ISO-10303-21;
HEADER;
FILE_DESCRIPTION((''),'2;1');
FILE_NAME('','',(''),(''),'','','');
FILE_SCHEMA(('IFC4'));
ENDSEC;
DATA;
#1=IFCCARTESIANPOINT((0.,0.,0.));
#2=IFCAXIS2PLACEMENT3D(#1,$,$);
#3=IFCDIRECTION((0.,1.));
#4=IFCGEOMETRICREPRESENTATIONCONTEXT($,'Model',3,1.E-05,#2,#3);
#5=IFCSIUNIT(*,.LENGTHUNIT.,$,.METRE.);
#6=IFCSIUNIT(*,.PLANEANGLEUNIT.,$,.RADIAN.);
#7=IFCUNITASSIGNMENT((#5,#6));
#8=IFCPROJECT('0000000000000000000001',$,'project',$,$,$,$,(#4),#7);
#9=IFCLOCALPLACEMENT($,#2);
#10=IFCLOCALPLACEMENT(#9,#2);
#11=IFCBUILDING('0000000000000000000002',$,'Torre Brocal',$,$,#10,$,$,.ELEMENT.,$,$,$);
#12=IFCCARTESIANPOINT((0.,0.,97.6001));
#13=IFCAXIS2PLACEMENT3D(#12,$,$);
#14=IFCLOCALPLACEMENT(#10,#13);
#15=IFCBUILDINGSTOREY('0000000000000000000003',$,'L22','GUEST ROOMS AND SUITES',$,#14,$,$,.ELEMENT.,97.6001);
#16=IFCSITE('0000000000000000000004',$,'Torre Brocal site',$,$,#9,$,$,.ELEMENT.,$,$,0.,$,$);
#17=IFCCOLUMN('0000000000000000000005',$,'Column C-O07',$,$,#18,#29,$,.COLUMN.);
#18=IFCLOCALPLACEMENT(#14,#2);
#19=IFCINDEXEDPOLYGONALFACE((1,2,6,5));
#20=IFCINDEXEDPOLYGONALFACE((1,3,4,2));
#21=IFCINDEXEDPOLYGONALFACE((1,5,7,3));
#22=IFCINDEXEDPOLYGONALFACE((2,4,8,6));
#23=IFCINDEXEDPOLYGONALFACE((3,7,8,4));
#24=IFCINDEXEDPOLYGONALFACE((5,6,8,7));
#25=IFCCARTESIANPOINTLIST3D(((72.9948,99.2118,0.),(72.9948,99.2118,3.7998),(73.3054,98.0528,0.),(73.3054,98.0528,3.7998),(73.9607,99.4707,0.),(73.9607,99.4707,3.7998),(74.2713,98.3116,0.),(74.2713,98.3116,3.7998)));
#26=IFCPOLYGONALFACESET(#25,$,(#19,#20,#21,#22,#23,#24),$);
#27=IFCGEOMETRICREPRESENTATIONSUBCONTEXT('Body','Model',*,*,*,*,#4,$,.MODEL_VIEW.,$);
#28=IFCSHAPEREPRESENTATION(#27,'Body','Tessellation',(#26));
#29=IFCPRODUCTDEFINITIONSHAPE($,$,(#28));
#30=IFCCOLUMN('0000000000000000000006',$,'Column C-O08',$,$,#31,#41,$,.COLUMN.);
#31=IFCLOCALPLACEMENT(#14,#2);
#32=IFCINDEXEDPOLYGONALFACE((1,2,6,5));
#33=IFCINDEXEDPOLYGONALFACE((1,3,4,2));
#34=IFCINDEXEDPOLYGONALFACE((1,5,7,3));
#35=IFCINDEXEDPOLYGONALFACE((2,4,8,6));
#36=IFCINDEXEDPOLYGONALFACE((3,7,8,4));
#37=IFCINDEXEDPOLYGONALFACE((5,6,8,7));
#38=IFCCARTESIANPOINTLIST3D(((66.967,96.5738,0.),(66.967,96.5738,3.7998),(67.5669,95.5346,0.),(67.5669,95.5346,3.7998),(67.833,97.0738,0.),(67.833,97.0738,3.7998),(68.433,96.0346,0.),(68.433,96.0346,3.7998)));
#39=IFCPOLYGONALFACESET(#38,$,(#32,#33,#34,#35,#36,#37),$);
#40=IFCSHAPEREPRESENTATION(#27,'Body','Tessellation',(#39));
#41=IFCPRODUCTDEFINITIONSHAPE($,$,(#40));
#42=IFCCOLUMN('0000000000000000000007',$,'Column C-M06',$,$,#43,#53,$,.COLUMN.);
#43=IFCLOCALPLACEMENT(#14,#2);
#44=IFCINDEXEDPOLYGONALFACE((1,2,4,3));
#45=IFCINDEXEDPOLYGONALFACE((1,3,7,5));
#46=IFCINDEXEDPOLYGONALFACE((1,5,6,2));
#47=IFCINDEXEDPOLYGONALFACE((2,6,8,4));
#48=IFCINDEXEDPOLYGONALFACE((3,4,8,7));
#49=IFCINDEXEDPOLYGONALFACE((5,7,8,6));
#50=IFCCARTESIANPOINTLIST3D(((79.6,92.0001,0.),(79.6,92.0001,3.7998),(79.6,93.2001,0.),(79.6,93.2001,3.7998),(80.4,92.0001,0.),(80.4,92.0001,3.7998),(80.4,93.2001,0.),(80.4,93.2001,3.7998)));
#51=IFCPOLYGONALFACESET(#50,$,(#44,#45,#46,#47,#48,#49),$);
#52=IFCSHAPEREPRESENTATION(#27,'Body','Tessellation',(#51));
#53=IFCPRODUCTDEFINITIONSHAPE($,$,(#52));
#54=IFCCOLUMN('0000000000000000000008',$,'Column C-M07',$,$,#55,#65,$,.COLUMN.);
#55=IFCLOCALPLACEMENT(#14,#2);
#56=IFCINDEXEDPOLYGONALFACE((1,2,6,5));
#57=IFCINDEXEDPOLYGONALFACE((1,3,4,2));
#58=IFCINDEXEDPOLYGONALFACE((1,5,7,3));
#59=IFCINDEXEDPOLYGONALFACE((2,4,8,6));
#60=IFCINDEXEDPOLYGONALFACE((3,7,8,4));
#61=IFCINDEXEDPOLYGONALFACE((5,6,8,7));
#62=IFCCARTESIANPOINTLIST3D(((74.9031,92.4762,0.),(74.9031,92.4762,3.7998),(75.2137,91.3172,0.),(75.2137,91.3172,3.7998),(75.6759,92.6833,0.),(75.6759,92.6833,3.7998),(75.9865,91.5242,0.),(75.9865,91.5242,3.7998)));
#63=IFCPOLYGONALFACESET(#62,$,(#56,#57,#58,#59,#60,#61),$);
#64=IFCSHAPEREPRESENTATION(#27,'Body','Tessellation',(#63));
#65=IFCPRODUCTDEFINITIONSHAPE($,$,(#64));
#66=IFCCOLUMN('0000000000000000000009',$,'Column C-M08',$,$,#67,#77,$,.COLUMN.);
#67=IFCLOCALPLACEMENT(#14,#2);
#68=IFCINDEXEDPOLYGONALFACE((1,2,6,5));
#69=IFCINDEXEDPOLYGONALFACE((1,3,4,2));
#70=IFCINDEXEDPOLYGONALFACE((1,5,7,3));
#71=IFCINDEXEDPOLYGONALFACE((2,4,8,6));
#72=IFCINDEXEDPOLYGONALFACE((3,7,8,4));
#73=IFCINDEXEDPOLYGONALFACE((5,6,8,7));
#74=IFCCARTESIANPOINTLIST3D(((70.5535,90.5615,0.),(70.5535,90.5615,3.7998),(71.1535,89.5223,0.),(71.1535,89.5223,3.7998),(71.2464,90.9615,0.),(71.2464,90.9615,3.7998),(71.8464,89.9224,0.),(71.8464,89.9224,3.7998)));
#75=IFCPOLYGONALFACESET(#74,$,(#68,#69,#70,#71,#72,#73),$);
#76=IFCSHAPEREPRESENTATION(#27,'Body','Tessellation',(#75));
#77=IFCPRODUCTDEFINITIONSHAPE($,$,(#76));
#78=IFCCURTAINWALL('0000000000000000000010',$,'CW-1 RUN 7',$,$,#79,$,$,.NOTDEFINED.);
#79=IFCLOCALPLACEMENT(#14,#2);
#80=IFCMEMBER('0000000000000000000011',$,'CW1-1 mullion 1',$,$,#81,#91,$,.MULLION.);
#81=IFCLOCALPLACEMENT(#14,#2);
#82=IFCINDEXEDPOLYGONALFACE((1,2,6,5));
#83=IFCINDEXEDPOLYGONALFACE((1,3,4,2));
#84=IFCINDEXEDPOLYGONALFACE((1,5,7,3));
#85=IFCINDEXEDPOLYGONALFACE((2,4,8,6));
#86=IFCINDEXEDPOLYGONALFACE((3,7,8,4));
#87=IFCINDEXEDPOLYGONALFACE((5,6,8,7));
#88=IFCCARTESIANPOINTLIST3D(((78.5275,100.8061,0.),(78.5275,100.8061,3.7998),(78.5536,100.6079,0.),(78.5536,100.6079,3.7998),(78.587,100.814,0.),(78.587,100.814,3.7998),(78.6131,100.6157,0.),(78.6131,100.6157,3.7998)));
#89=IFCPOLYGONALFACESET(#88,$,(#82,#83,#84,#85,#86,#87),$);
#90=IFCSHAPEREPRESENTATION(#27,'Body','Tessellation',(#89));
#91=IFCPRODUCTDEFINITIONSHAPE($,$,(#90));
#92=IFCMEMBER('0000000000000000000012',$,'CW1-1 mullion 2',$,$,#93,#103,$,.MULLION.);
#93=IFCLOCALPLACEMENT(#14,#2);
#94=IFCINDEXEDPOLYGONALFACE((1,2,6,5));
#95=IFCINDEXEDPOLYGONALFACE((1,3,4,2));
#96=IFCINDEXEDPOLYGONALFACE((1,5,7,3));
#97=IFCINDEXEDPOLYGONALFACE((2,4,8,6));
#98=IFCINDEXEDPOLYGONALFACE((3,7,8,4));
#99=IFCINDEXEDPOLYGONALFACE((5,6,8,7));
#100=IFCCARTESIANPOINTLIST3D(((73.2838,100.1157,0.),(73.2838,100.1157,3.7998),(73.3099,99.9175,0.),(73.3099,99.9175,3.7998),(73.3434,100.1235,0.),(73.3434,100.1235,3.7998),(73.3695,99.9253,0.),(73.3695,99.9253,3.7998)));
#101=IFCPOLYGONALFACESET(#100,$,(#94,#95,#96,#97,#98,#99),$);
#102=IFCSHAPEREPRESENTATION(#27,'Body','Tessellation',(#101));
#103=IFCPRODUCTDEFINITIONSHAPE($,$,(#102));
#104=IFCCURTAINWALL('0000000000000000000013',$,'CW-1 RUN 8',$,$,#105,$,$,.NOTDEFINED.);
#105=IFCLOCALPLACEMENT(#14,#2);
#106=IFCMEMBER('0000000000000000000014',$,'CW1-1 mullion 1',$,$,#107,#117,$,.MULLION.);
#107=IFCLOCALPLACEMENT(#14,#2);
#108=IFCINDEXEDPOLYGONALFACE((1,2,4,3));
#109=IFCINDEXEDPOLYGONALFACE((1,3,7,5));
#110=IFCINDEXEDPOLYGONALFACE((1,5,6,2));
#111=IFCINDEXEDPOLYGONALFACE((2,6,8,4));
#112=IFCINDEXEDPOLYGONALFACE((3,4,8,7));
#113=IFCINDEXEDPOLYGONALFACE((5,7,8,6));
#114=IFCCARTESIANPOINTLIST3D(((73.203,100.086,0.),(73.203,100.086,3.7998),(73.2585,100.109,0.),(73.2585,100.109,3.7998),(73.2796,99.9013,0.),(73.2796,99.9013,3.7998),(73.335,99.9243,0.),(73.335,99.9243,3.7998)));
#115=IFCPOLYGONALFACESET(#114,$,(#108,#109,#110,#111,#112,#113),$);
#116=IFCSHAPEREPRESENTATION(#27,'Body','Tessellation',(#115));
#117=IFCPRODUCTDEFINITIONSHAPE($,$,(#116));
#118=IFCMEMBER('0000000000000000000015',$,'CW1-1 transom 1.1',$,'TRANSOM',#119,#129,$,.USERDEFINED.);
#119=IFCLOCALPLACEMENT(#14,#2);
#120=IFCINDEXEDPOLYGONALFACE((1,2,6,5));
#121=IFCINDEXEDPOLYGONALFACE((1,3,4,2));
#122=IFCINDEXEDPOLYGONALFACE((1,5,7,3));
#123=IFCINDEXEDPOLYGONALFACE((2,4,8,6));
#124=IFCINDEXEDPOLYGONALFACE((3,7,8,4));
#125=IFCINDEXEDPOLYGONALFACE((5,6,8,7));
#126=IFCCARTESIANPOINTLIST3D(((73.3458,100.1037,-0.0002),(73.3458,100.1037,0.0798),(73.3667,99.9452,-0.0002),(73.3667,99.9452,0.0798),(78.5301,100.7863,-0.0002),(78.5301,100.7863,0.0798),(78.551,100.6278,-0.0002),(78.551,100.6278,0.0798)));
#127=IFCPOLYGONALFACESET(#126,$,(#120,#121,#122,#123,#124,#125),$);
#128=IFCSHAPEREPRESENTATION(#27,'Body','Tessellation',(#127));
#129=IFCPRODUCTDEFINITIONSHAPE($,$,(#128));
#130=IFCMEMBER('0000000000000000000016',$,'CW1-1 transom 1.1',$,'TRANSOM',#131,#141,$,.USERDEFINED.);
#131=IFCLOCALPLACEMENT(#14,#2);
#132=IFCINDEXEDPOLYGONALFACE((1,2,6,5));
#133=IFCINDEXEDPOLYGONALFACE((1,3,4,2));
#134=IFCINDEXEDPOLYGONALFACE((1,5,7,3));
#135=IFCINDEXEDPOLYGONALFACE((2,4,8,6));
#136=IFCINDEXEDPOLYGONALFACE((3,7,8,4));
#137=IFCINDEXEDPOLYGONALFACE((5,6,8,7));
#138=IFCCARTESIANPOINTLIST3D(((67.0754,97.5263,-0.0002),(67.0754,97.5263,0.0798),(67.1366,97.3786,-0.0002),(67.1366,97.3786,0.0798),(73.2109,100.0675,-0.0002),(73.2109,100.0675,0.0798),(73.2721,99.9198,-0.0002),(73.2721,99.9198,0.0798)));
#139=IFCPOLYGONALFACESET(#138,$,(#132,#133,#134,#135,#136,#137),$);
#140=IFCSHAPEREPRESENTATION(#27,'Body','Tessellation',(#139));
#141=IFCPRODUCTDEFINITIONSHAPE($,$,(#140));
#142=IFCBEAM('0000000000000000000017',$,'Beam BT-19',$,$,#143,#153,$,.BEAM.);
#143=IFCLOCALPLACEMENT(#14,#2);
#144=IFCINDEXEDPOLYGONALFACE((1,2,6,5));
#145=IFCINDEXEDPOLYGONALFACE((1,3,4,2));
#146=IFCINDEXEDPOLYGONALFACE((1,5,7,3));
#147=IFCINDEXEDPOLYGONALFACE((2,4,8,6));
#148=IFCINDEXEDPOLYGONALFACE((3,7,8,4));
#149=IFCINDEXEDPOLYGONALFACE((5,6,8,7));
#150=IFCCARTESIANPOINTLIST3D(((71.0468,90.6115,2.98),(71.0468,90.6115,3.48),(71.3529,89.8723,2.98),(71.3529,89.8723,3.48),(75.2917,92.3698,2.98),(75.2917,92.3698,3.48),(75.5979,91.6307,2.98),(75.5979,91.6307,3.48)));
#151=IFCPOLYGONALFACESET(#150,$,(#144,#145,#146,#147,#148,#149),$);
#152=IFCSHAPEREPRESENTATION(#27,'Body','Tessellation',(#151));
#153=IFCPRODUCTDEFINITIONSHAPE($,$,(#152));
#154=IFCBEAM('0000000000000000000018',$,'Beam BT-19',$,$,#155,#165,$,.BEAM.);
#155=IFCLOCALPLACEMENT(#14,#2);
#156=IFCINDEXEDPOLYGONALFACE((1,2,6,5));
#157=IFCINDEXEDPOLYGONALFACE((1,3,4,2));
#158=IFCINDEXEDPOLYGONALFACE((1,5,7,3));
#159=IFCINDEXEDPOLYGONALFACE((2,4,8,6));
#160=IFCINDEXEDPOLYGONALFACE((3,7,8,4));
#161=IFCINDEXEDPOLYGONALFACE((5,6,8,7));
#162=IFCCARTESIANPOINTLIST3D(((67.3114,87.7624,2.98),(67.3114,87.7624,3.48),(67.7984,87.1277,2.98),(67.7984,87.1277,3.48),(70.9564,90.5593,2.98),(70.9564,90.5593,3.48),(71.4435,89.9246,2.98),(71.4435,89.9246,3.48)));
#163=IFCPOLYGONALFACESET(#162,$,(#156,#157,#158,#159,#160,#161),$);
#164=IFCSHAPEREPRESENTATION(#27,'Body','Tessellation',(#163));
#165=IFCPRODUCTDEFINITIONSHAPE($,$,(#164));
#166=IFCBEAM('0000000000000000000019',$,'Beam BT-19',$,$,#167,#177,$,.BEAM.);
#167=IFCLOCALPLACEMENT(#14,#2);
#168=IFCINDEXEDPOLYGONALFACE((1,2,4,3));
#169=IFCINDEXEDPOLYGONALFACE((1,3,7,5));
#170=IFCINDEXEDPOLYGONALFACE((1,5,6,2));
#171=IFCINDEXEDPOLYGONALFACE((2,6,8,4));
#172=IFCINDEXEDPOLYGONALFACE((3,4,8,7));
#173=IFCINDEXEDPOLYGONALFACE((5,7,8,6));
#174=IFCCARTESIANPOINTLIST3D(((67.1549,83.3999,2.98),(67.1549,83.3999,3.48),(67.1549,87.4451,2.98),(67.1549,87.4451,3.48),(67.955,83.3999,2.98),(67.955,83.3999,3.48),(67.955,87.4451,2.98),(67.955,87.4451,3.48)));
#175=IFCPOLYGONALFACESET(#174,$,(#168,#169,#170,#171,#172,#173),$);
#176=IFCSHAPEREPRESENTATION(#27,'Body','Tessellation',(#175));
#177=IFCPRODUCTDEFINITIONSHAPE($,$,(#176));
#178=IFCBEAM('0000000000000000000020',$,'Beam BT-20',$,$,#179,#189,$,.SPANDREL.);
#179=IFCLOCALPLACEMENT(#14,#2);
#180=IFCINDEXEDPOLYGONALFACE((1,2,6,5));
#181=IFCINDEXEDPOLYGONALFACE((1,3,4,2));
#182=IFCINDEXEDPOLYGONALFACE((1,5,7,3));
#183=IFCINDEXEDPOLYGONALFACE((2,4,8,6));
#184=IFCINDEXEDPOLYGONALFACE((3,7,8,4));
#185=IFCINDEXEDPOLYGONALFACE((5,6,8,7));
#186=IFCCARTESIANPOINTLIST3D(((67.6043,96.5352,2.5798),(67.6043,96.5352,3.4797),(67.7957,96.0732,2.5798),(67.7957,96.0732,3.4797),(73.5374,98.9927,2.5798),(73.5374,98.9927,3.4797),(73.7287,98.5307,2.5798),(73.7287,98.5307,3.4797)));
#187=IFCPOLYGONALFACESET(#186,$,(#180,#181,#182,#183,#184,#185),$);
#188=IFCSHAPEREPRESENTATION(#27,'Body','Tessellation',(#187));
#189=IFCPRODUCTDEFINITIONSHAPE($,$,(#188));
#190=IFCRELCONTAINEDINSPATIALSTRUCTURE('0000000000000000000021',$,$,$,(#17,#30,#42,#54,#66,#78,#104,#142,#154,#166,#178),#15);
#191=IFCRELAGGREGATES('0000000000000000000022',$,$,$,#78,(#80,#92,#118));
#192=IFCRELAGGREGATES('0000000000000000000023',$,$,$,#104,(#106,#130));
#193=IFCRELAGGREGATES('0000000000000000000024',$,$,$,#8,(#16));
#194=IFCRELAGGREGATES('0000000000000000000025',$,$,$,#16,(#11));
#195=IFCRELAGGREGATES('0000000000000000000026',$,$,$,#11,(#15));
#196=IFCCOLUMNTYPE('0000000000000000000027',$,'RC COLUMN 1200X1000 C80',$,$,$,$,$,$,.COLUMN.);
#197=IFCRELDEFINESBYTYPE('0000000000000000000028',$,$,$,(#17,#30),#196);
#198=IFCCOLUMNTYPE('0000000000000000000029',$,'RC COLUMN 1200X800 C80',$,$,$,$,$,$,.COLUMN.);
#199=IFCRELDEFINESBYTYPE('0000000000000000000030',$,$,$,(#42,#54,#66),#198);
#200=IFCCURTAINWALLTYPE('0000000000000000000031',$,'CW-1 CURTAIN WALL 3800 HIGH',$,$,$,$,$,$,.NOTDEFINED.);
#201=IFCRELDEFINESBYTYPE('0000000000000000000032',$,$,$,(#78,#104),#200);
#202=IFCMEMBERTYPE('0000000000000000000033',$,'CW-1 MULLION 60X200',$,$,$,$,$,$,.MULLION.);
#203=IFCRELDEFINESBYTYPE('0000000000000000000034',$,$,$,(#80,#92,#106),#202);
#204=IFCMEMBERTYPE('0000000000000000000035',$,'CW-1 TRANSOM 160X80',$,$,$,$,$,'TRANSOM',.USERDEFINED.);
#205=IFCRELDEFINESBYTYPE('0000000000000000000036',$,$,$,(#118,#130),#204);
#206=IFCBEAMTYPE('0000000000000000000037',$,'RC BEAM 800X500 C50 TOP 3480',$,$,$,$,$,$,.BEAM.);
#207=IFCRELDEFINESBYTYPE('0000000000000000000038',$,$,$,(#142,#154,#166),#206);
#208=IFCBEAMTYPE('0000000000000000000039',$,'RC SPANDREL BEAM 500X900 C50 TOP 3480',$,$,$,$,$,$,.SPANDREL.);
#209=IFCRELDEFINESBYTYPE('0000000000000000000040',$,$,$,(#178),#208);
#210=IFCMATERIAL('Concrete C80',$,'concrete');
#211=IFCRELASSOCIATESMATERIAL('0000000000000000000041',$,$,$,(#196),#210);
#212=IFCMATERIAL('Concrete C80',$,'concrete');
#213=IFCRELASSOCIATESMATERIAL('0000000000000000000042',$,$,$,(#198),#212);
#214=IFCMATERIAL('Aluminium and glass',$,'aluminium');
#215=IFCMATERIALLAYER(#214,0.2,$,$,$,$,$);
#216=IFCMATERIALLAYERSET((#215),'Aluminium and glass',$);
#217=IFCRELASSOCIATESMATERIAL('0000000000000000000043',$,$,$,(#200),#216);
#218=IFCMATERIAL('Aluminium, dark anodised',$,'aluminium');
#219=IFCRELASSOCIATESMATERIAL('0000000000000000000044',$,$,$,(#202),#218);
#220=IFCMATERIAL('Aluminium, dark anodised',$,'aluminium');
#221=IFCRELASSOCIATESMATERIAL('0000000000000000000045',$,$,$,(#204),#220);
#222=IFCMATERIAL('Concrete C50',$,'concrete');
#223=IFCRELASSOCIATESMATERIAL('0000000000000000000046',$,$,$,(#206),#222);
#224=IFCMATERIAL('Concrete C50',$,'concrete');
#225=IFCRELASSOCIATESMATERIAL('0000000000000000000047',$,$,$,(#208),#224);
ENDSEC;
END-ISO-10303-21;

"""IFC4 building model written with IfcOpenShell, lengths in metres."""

from ifc_helpers import new_model, si_unit, direction, frame, origin, origin_2d, place, context, subcontext, project, spatial, rectangle, extrude, material, layer, layer_set, material_profile, profile_set, type_object, element, aggregate, save


model = new_model("IFC4")

# Units and contexts
model_context = context("Model", 3, precision=1e-05, world=origin(), true_north=direction((0.0, 1.0)))
body_context = subcontext(model_context, "Body", "Model", "MODEL_VIEW")
ifc_project = project(units=[si_unit("LENGTHUNIT", "METRE"), si_unit("PLANEANGLEUNIT", "RADIAN")], contexts=[model_context])

# Site, building, storey
site_placement = place(None, origin())
site = spatial("IfcSite", under=ifc_project, at=site_placement, Name="Torre Brocal site", CompositionType="ELEMENT", RefElevation=0.0)
building_placement = place(site_placement, origin())
building = spatial("IfcBuilding", under=site, at=building_placement, Name="Torre Brocal", CompositionType="ELEMENT")
storey_placement = place(building_placement, frame((0.0, 0.0, 97.6001)))
storey = spatial("IfcBuildingStorey", under=building, at=storey_placement, Name="L22", Description="GUEST ROOMS AND SUITES", CompositionType="ELEMENT", Elevation=97.6001)

# Columns
ifc_material_1 = material(Name="Concrete C80", Category="concrete")
ifc_material_profile_1 = material_profile(ifc_material_1, rectangle(XDim=1.2, YDim=1.0, at=origin_2d()), Name="RC 1200X1000")
ifc_profile_set_1 = profile_set([ifc_material_profile_1], Name="Concrete C80")
column_type_1 = type_object("IfcColumnType", Name="RC COLUMN 1200X1000 C80", PredefinedType="COLUMN", material=ifc_profile_set_1)
for number, where, z_axis, x_axis, name in (
    (1, (73.6331, 98.7617, 0.0), (0.0, 0.0, 1.0), (-0.258819, 0.965926, 0.0), "Column C-O07"),
    (2, (67.7, 96.3042, 0.0), (0.0, 0.0, 1.0), (-0.5, 0.866025, 0.0), "Column C-O08"),
):
    element("IfcColumn", number, at=place(storey_placement, frame(where, z_axis=z_axis, x_axis=x_axis)), inside=storey, type_object=column_type_1, Name=name, PredefinedType="COLUMN", context=body_context, shape_type="SweptSolid", body=[
        extrude(rectangle(XDim=1.2, YDim=1.0, at=origin_2d()), origin(), (0.0, 0.0, 1.0), 3.7998),
    ])
ifc_material_2 = material(Name="Concrete C80", Category="concrete")
ifc_material_profile_2 = material_profile(ifc_material_2, rectangle(XDim=1.2, YDim=0.8, at=origin_2d()), Name="RC 1200X800")
ifc_profile_set_2 = profile_set([ifc_material_profile_2], Name="Concrete C80")
column_type_2 = type_object("IfcColumnType", Name="RC COLUMN 1200X800 C80", PredefinedType="COLUMN", material=ifc_profile_set_2)
for number, where, z_axis, x_axis, name in (
    (3, (80.0, 92.6001, 0.0), (0.0, 0.0, 1.0), (0.0, 1.0, 0.0), "Column C-M06"),
    (4, (75.4448, 92.0002, 0.0), (0.0, 0.0, 1.0), (-0.258819, 0.965926, 0.0), "Column C-M07"),
    (5, (71.2, 90.2419, 0.0), (0.0, 0.0, 1.0), (-0.5, 0.866025, 0.0), "Column C-M08"),
):
    element("IfcColumn", number, at=place(storey_placement, frame(where, z_axis=z_axis, x_axis=x_axis)), inside=storey, type_object=column_type_2, Name=name, PredefinedType="COLUMN", context=body_context, shape_type="SweptSolid", body=[
        extrude(rectangle(XDim=1.2, YDim=0.8, at=origin_2d()), origin(), (0.0, 0.0, 1.0), 3.7998),
    ])

# Curtain wall, members
ifc_material_3 = material(Name="Aluminium and glass", Category="aluminium")
ifc_layer_1 = layer(ifc_material_3, 0.2)
ifc_layer_set_1 = layer_set([ifc_layer_1], Name="Aluminium and glass")
curtain_wall_type = type_object("IfcCurtainWallType", Name="CW-1 CURTAIN WALL 3800 HIGH", PredefinedType="NOTDEFINED", material=ifc_layer_set_1)
curtain_wall_1_placement = place(storey_placement, origin())
curtain_wall_1 = element("IfcCurtainWall", 6, at=curtain_wall_1_placement, inside=storey, type_object=curtain_wall_type, Name="CW-1 RUN 7", PredefinedType="NOTDEFINED")
ifc_material_4 = material(Name="Aluminium, dark anodised", Category="aluminium")
ifc_material_profile_3 = material_profile(ifc_material_4, rectangle(XDim=0.2, YDim=0.0601, at=origin_2d()), Name="CW-1 MULLION 60X200")
ifc_profile_set_3 = profile_set([ifc_material_profile_3], Name="Aluminium, dark anodised")
member_type_1 = type_object("IfcMemberType", Name="CW-1 MULLION 60X200", PredefinedType="MULLION", material=ifc_profile_set_3)
member_1_placement = place(storey_placement, frame((78.5703, 100.7109, 0.0), z_axis=(0.0, 0.0, 1.0), x_axis=(0.130526, -0.991445, 0.0)))
member_1 = element("IfcMember", 7, at=member_1_placement, type_object=member_type_1, Name="CW1-1 mullion 1", PredefinedType="MULLION", context=body_context, shape_type="SweptSolid", body=[
    extrude(rectangle(XDim=0.2, YDim=0.0601, at=origin_2d()), origin(), (0.0, 0.0, 1.0), 3.7998),
])
member_2_placement = place(storey_placement, frame((73.3267, 100.0205, 0.0), z_axis=(0.0, 0.0, 1.0), x_axis=(0.130526, -0.991445, 0.0)))
member_2 = element("IfcMember", 8, at=member_2_placement, type_object=member_type_1, Name="CW1-1 mullion 2", PredefinedType="MULLION", context=body_context, shape_type="SweptSolid", body=[
    extrude(rectangle(XDim=0.2, YDim=0.0601, at=origin_2d()), origin(), (0.0, 0.0, 1.0), 3.7998),
])

# Curtain wall, member
curtain_wall_2_placement = place(storey_placement, origin())
curtain_wall_2 = element("IfcCurtainWall", 9, at=curtain_wall_2_placement, inside=storey, type_object=curtain_wall_type, Name="CW-1 RUN 8", PredefinedType="NOTDEFINED")
member_3_placement = place(storey_placement, frame((73.269, 100.0051, 0.0), z_axis=(0.0, 0.0, 1.0), x_axis=(0.382683, -0.92388, 0.0)))
member_3 = element("IfcMember", 10, at=member_3_placement, type_object=member_type_1, Name="CW1-1 mullion 1", PredefinedType="MULLION", context=body_context, shape_type="SweptSolid", body=[
    extrude(rectangle(XDim=0.2, YDim=0.0601, at=origin_2d()), origin(), (0.0, 0.0, 1.0), 3.7998),
])

# Members
ifc_material_5 = material(Name="Aluminium, dark anodised", Category="aluminium")
ifc_material_profile_4 = material_profile(ifc_material_5, rectangle(XDim=0.1599, YDim=0.0801, at=origin_2d()), Name="CW-1 TRANSOM 160X80")
ifc_profile_set_4 = profile_set([ifc_material_profile_4], Name="Aluminium, dark anodised")
member_type_2 = type_object("IfcMemberType", Name="CW-1 TRANSOM 160X80", ElementType="TRANSOM", PredefinedType="USERDEFINED", material=ifc_profile_set_4)
member_4_placement = place(storey_placement, frame((78.5405, 100.707, 0.0398), z_axis=(-0.991443, -0.130543, 0.0), x_axis=(0.130543, -0.991443, 0.0)))
member_4 = element("IfcMember", 11, at=member_4_placement, type_object=member_type_2, Name="CW1-1 transom 1.1", ObjectType="TRANSOM", PredefinedType="USERDEFINED", context=body_context, shape_type="SweptSolid", body=[
    extrude(rectangle(XDim=0.1599, YDim=0.0801, at=origin_2d()), origin(), (0.0, 0.0, 1.0), 5.229),
])
member_5_placement = place(storey_placement, frame((73.2415, 99.9937, 0.0398), z_axis=(-0.923887, -0.382665, 0.0), x_axis=(0.382665, -0.923887, 0.0)))
member_5 = element("IfcMember", 12, at=member_5_placement, type_object=member_type_2, Name="CW1-1 transom 1.1", ObjectType="TRANSOM", PredefinedType="USERDEFINED", context=body_context, shape_type="SweptSolid", body=[
    extrude(rectangle(XDim=0.1599, YDim=0.0801, at=origin_2d()), origin(), (0.0, 0.0, 1.0), 6.6409),
])

# Beams
ifc_material_6 = material(Name="Concrete C50", Category="concrete")
ifc_material_profile_5 = material_profile(ifc_material_6, rectangle(XDim=0.8, YDim=0.5, at=origin_2d()), Name="RC 800X500")
ifc_profile_set_5 = profile_set([ifc_material_profile_5], Name="Concrete C50")
beam_type_1 = type_object("IfcBeamType", Name="RC BEAM 800X500 C50 TOP 3480", PredefinedType="BEAM", material=ifc_profile_set_5)
beam_1_placement = place(storey_placement, frame((75.4448, 92.0002, 3.23), z_axis=(-0.923878, -0.382687, 0.0), x_axis=(0.382687, -0.923878, 0.0)))
element("IfcBeam", 13, at=beam_1_placement, inside=storey, type_object=beam_type_1, Name="Beam BT-19", PredefinedType="BEAM", context=body_context, shape_type="SweptSolid", body=[
    extrude(rectangle(XDim=0.8, YDim=0.5, at=origin_2d()), origin(), (0.0, 0.0, 1.0), 4.5947),
])
beam_2_placement = place(storey_placement, frame((71.2, 90.2419, 3.23), z_axis=(-0.793358, -0.608755, 0.0), x_axis=(0.608755, -0.793358, 0.0)))
element("IfcBeam", 14, at=beam_2_placement, inside=storey, type_object=beam_type_1, Name="Beam BT-19", PredefinedType="BEAM", context=body_context, shape_type="SweptSolid", body=[
    extrude(rectangle(XDim=0.8, YDim=0.5, at=origin_2d()), origin(), (0.0, 0.0, 1.0), 4.5945),
])
beam_3_placement = place(storey_placement, frame((67.5549, 87.4451, 3.23), z_axis=(0.0, -1.0, 0.0), x_axis=(1.0, 0.0, 0.0)))
element("IfcBeam", 15, at=beam_3_placement, inside=storey, type_object=beam_type_1, Name="Beam BT-19", PredefinedType="BEAM", context=body_context, shape_type="SweptSolid", body=[
    extrude(rectangle(XDim=0.8, YDim=0.5, at=origin_2d()), origin(), (0.0, 0.0, 1.0), 4.0452),
])
ifc_material_7 = material(Name="Concrete C50", Category="concrete")
ifc_material_profile_6 = material_profile(ifc_material_7, rectangle(XDim=0.5, YDim=0.8999, at=origin_2d()), Name="RC 500X900")
ifc_profile_set_6 = profile_set([ifc_material_profile_6], Name="Concrete C50")
beam_type_2 = type_object("IfcBeamType", Name="RC SPANDREL BEAM 500X900 C50 TOP 3480", PredefinedType="SPANDREL", material=ifc_profile_set_6)
beam_4_placement = place(storey_placement, frame((73.6331, 98.7617, 3.0298), z_axis=(-0.923882, -0.382676, 0.0), x_axis=(0.382676, -0.923882, 0.0)))
element("IfcBeam", 16, at=beam_4_placement, inside=storey, type_object=beam_type_2, Name="Beam BT-20", PredefinedType="SPANDREL", context=body_context, shape_type="SweptSolid", body=[
    extrude(rectangle(XDim=0.5, YDim=0.8999, at=origin_2d()), origin(), (0.0, 0.0, 1.0), 6.4219),
])

aggregate(curtain_wall_1, [member_1, member_2, member_4])
aggregate(curtain_wall_2, [member_3, member_5])

save(model, "model.ifc")
